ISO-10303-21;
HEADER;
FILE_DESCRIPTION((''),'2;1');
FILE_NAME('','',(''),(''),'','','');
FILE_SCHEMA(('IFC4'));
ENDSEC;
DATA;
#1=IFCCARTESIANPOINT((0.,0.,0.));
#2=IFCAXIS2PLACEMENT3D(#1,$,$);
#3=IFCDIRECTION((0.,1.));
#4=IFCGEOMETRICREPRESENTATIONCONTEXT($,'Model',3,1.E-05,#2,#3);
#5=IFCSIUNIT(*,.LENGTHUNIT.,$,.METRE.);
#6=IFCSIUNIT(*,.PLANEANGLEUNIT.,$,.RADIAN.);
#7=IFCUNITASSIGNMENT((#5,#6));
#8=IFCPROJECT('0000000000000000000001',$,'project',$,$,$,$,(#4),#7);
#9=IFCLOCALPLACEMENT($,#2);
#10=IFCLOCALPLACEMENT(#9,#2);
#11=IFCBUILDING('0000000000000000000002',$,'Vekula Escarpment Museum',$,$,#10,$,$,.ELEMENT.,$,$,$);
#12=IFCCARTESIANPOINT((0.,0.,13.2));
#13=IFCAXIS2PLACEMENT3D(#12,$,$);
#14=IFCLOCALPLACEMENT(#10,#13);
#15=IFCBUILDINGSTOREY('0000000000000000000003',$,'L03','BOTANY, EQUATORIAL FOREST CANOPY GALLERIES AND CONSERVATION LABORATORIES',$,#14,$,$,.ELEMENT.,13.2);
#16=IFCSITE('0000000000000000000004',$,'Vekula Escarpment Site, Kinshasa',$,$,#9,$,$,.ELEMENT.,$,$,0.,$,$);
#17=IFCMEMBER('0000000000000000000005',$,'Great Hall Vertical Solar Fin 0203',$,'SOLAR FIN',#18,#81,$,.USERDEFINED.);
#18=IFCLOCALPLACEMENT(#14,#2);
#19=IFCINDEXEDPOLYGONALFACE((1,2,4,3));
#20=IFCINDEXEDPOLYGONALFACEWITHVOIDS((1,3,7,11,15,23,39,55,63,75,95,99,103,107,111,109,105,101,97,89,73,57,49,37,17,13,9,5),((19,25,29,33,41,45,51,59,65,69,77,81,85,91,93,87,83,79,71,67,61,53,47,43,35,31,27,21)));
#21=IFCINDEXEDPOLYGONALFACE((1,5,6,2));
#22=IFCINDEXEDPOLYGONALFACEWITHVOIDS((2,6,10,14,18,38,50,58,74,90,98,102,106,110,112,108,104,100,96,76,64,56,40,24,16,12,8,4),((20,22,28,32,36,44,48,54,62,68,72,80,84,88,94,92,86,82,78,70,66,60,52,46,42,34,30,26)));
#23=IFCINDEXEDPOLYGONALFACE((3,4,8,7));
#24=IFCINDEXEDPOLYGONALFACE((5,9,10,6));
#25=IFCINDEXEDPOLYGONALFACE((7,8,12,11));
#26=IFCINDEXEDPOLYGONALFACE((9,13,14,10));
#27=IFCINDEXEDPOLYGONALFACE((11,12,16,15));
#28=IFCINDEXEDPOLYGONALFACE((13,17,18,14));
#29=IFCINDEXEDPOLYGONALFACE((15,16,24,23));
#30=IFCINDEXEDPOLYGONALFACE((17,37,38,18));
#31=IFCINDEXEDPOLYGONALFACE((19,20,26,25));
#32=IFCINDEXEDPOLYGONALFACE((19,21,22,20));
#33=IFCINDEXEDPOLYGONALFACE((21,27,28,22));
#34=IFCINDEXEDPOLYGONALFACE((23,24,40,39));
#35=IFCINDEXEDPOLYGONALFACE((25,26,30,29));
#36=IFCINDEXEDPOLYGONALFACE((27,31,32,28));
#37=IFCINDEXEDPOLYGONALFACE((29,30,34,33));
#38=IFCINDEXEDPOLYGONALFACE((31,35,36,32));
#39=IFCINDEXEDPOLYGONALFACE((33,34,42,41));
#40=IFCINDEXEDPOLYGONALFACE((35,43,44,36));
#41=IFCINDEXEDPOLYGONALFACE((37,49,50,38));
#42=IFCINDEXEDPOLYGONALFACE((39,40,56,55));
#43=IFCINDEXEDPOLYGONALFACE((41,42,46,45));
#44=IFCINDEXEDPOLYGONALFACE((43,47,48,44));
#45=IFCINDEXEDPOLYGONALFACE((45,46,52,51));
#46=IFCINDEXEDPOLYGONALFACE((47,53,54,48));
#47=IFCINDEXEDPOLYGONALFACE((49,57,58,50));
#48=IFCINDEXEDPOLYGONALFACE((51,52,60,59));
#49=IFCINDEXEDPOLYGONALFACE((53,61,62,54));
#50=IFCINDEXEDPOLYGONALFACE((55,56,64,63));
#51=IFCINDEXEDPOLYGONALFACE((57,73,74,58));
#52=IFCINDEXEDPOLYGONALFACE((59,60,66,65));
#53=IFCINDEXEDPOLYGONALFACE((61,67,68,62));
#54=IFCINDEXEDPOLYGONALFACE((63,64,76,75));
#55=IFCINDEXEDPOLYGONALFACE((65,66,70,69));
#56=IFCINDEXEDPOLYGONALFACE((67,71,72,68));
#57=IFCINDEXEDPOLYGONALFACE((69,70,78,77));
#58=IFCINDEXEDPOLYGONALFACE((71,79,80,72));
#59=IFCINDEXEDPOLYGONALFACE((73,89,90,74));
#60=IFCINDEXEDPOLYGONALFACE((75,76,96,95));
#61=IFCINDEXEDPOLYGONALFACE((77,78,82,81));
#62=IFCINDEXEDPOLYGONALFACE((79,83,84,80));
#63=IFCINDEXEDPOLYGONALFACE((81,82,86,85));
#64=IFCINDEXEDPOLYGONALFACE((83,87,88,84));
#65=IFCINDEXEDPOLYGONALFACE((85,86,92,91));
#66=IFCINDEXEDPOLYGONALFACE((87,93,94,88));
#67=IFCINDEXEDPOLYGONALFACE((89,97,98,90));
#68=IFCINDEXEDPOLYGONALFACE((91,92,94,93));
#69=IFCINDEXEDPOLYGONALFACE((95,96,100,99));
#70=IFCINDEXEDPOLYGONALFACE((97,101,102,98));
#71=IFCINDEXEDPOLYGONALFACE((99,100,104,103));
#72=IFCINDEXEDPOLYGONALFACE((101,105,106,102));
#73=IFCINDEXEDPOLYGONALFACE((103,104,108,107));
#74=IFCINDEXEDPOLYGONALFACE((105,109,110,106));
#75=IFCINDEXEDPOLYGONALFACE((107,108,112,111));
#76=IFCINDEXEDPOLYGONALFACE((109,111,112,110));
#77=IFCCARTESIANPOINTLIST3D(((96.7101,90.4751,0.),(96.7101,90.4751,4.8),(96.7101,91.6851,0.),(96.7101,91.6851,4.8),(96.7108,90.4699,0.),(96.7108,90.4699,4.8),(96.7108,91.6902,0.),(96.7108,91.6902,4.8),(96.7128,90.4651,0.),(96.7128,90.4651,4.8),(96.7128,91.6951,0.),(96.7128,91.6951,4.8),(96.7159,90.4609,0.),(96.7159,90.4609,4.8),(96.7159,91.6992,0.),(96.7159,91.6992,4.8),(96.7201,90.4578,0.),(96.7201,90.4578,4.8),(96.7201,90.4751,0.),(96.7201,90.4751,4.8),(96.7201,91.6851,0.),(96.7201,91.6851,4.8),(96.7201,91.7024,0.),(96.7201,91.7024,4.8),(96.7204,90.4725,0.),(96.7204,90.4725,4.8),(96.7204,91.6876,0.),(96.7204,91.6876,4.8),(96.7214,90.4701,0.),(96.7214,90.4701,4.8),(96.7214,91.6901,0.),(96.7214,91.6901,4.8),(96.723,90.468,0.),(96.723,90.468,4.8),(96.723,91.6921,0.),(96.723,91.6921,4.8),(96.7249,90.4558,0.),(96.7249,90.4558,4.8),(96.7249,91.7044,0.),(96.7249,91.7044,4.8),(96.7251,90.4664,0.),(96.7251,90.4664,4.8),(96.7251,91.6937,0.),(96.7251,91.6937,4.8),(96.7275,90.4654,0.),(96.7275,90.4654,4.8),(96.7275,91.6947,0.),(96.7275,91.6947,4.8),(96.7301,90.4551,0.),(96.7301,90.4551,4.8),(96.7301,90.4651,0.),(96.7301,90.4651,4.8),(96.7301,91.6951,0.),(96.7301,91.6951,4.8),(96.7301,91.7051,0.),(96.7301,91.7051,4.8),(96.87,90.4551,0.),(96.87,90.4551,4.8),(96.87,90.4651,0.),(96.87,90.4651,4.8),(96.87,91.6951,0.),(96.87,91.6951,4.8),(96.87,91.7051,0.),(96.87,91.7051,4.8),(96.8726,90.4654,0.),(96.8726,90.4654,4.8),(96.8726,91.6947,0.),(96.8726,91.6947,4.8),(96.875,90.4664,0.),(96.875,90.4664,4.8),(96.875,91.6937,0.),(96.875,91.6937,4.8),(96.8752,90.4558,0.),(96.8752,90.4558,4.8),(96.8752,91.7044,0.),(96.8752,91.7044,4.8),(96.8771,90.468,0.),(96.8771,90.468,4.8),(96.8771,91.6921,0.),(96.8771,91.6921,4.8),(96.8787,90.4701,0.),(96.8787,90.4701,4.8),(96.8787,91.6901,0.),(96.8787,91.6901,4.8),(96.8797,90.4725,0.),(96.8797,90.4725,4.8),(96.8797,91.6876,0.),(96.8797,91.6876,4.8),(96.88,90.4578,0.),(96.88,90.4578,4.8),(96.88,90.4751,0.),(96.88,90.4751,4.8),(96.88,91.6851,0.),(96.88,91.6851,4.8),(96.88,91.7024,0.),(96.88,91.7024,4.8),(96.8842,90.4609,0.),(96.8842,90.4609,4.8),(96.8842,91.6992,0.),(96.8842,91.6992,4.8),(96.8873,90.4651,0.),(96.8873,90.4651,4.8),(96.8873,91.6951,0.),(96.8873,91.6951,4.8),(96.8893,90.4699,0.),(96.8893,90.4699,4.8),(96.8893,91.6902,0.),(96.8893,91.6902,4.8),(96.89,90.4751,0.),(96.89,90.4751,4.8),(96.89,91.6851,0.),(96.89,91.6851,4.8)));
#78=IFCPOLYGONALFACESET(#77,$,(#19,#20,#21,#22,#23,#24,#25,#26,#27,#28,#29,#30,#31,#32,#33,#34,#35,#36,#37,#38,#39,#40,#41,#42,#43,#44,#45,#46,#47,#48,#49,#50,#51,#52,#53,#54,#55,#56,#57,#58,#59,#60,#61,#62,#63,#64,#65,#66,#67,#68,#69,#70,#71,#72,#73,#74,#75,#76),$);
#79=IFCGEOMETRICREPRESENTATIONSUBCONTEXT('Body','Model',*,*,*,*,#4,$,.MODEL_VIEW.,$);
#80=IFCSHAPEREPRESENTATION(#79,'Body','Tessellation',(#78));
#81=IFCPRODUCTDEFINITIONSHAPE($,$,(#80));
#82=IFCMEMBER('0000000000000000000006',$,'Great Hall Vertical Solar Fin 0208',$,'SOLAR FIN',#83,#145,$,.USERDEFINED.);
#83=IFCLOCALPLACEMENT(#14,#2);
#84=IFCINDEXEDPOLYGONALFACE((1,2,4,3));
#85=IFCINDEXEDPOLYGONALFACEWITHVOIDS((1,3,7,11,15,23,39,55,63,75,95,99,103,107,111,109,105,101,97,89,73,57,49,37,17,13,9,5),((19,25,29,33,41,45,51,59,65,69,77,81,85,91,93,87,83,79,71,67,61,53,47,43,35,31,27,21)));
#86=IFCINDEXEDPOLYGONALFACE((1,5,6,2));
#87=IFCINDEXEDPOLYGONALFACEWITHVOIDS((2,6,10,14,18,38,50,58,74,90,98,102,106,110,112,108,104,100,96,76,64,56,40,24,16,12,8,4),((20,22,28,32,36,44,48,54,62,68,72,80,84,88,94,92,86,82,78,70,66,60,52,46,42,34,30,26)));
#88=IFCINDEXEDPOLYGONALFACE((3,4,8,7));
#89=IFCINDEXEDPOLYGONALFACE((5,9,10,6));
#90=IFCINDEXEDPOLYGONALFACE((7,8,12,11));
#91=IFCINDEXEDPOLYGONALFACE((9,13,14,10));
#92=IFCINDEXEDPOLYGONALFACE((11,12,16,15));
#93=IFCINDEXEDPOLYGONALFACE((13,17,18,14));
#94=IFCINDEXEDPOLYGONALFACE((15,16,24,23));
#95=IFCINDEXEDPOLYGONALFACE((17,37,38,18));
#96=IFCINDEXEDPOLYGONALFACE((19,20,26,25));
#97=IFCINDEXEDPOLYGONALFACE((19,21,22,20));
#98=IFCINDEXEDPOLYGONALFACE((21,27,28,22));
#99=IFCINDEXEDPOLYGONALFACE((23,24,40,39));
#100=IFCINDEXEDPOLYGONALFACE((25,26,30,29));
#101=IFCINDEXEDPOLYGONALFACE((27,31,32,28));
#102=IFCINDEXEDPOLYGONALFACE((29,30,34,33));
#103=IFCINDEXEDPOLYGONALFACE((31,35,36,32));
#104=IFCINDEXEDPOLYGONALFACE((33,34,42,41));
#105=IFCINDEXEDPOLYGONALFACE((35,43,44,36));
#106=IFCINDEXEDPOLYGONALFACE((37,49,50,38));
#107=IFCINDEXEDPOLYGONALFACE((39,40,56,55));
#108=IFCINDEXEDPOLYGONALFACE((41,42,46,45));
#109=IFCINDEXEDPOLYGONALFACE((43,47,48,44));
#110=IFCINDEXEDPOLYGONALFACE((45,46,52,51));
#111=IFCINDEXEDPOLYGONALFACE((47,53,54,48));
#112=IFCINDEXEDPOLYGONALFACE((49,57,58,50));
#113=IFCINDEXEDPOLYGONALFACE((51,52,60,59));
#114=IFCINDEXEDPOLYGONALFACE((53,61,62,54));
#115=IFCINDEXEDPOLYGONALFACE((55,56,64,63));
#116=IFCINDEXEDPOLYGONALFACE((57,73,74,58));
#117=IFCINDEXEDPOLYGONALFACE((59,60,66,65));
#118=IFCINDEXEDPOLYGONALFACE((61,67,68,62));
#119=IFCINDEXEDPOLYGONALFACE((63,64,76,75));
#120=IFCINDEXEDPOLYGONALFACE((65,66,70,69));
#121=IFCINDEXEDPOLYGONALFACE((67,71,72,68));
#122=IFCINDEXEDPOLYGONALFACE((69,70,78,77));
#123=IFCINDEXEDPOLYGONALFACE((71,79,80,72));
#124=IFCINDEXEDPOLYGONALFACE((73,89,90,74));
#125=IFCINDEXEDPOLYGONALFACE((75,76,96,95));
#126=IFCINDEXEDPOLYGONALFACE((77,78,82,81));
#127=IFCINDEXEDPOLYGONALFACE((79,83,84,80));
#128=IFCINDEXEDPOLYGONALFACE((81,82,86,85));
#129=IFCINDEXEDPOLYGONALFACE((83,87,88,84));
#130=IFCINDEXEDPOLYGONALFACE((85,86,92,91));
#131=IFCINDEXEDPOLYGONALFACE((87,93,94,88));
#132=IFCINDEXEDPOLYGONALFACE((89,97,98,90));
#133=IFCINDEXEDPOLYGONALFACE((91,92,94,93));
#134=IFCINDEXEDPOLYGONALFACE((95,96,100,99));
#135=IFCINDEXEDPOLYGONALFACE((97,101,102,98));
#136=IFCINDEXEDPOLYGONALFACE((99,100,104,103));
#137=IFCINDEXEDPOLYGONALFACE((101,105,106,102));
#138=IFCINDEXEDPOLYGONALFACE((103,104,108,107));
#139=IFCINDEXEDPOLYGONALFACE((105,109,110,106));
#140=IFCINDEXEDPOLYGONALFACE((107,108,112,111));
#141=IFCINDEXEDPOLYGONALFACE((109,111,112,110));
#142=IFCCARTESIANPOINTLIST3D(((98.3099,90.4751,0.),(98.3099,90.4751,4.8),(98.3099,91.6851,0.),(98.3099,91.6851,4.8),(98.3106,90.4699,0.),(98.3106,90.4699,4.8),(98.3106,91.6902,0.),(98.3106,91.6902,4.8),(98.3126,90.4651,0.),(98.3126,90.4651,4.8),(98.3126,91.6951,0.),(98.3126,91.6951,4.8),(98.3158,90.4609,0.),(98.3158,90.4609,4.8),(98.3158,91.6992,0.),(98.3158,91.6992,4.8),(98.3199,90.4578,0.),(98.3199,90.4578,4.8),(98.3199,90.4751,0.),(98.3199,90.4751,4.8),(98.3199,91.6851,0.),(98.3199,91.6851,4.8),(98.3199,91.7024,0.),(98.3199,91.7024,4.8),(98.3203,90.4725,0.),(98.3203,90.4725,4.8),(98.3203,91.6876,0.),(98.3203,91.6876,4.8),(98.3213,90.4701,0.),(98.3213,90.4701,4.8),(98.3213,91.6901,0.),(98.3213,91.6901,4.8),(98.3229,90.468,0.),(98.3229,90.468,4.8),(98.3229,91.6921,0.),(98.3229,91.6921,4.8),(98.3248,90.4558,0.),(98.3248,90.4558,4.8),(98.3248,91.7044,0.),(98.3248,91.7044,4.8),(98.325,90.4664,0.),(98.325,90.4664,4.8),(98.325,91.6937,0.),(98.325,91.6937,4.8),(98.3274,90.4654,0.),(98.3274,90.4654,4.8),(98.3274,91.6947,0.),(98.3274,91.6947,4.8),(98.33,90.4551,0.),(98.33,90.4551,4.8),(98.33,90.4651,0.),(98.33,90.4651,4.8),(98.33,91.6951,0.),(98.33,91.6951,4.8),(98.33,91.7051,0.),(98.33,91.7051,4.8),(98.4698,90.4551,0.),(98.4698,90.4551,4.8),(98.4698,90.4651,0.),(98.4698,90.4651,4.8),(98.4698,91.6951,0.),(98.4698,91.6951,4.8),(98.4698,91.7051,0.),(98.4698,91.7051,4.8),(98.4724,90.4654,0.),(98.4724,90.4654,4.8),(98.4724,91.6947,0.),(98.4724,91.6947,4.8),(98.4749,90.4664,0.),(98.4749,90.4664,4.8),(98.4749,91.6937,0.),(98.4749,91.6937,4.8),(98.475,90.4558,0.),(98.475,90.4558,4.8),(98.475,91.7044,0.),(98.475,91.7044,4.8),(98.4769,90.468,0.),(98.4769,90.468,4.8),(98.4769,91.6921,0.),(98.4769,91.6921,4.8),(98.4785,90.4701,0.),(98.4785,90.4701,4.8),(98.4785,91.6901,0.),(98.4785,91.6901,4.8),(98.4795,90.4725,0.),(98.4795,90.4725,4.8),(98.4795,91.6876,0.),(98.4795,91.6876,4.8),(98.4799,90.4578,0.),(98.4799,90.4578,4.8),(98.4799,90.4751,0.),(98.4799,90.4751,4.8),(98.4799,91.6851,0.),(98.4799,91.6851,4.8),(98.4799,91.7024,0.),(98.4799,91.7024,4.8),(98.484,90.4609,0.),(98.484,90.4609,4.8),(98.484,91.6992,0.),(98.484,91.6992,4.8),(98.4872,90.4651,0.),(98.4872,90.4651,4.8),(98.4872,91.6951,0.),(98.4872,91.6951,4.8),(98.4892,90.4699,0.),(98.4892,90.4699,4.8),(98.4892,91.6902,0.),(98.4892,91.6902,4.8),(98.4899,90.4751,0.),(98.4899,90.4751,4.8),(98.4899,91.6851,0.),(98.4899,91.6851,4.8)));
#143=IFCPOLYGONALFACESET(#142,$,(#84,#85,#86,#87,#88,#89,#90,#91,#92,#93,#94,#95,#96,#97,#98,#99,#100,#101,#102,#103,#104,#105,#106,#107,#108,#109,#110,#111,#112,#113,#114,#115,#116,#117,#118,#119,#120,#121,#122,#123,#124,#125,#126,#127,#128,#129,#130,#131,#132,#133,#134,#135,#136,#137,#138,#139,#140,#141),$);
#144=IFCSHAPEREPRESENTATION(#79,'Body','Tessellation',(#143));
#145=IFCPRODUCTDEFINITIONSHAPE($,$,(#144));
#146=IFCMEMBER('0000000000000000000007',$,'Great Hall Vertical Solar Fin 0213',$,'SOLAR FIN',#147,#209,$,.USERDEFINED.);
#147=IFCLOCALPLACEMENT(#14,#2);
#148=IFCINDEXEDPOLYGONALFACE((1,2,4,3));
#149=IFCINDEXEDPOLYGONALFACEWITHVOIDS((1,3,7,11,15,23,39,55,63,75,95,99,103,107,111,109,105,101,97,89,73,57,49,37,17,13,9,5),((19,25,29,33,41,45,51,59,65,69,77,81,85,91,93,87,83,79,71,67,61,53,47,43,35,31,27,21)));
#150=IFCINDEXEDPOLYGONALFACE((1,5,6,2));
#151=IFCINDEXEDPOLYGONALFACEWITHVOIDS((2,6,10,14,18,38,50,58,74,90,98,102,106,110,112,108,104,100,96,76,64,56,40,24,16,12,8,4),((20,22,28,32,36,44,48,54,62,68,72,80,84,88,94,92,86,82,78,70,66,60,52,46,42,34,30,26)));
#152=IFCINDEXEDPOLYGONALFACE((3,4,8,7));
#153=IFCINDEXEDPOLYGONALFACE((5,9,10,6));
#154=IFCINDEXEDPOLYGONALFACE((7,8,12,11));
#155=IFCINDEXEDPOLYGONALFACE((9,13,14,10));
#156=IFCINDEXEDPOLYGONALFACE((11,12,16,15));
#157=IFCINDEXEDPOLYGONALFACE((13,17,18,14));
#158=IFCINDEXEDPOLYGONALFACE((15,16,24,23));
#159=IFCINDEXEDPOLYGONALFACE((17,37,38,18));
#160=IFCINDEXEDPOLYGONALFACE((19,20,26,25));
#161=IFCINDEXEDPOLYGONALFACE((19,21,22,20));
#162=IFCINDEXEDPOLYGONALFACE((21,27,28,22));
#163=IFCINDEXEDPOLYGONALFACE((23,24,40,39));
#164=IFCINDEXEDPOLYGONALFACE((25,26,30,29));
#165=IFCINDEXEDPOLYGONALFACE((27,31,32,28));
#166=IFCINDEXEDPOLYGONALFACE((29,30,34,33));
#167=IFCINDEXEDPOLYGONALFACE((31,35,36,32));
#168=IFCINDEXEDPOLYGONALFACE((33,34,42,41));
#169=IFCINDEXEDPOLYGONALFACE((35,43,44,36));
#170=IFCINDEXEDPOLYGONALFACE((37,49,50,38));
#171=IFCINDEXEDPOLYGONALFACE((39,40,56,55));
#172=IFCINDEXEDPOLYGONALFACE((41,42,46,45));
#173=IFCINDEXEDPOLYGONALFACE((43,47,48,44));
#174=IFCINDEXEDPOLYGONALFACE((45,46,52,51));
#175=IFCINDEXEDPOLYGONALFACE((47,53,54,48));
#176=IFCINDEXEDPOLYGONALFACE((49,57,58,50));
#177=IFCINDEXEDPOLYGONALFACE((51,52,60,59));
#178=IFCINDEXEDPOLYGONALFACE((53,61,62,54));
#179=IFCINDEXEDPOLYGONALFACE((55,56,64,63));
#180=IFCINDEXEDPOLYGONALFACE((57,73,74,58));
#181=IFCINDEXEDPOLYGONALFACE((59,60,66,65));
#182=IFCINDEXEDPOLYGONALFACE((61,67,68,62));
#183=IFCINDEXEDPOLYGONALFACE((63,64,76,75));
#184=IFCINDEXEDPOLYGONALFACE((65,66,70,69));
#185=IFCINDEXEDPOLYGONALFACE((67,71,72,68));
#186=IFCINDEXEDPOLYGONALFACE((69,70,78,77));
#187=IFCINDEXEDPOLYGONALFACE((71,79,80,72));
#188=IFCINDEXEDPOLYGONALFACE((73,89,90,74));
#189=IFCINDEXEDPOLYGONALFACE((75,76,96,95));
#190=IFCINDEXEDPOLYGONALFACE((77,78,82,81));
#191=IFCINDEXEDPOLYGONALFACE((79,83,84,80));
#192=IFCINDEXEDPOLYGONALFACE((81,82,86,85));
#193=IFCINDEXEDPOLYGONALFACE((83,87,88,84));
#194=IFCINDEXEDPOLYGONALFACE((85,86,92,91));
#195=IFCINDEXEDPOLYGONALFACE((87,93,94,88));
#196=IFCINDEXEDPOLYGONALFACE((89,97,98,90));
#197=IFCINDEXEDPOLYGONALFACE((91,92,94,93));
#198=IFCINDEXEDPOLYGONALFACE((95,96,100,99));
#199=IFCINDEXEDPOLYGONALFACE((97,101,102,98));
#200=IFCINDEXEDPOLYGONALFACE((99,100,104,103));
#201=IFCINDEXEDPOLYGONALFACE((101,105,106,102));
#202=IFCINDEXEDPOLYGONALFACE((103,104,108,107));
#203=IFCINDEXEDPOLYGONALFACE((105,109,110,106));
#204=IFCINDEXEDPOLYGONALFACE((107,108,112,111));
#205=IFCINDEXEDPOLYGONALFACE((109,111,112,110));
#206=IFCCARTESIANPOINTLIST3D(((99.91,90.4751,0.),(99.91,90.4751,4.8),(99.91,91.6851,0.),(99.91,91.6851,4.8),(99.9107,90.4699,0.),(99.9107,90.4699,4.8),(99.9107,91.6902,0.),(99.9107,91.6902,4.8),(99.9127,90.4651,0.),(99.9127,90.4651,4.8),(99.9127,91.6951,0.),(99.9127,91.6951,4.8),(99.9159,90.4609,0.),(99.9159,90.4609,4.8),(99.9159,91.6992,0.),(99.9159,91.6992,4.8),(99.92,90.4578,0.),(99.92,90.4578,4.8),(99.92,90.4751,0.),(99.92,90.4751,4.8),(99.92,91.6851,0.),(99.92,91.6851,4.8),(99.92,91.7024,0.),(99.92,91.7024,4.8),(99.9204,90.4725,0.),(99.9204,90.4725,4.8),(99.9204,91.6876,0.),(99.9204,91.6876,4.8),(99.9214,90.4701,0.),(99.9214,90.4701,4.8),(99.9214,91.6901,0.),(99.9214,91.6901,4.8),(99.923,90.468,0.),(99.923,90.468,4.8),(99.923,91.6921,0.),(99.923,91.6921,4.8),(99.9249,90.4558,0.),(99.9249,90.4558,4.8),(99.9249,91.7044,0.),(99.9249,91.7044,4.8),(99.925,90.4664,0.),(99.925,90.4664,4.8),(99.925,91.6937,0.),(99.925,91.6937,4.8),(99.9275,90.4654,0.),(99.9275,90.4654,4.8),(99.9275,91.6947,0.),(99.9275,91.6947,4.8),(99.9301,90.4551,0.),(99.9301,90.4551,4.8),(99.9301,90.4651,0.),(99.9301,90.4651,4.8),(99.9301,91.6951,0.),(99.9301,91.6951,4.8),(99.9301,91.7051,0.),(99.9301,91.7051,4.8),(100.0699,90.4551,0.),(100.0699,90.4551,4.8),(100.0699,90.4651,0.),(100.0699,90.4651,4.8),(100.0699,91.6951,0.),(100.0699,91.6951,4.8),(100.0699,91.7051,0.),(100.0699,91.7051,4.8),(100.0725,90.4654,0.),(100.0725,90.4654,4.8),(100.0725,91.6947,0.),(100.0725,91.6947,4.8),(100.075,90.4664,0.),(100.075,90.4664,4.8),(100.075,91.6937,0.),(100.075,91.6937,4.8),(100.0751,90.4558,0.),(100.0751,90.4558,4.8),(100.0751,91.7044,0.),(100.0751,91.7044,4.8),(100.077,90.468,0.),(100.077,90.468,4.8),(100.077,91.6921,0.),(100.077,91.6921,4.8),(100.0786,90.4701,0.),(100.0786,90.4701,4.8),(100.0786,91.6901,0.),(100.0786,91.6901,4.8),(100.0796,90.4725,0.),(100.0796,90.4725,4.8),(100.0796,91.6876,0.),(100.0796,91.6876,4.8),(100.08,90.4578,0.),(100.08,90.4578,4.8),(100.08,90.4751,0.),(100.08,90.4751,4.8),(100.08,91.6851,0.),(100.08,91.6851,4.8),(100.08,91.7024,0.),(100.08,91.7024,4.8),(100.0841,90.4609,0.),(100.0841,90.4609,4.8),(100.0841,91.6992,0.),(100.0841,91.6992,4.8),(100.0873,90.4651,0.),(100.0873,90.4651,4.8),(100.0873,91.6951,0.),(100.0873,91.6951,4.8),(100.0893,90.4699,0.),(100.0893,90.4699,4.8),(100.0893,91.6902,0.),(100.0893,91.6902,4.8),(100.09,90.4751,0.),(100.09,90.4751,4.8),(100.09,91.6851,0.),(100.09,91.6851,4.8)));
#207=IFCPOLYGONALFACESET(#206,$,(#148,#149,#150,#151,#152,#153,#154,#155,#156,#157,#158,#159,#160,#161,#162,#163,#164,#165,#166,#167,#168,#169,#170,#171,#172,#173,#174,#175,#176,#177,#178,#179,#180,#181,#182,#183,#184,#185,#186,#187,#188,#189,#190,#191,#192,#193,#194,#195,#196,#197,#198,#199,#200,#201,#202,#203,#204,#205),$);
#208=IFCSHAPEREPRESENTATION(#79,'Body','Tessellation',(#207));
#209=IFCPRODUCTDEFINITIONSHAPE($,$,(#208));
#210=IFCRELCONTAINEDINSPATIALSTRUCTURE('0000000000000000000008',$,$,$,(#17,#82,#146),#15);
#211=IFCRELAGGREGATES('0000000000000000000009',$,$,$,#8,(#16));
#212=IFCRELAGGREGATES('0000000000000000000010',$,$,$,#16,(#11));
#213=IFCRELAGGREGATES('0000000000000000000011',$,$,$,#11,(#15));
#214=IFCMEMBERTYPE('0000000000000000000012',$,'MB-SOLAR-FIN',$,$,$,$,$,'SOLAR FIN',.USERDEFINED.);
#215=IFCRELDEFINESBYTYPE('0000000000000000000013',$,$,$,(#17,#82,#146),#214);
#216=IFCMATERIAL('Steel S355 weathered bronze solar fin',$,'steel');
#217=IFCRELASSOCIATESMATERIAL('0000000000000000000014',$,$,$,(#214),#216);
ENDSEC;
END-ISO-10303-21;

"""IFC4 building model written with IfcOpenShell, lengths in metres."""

from ifc_helpers import new_model, si_unit, direction, frame, origin, origin_2d, place, context, subcontext, project, spatial, hollow_rectangle, extrude, material, material_profile, profile_set, type_object, element, save


model = new_model("IFC4")

# Units and contexts
model_context = context("Model", 3, precision=1e-05, world=origin(), true_north=direction((0.0, 1.0)))
body_context = subcontext(model_context, "Body", "Model", "MODEL_VIEW")
ifc_project = project(units=[si_unit("LENGTHUNIT", "METRE"), si_unit("PLANEANGLEUNIT", "RADIAN")], contexts=[model_context])

# Site, building, storey
site_placement = place(None, origin())
site = spatial("IfcSite", under=ifc_project, at=site_placement, Name="Vekula Escarpment Site, Kinshasa", CompositionType="ELEMENT", RefElevation=0.0)
building_placement = place(site_placement, origin())
building = spatial("IfcBuilding", under=site, at=building_placement, Name="Vekula Escarpment Museum", CompositionType="ELEMENT")
storey_placement = place(building_placement, frame((0.0, 0.0, 13.2)))
storey = spatial("IfcBuildingStorey", under=building, at=storey_placement, Name="L03", Description="BOTANY, EQUATORIAL FOREST CANOPY GALLERIES AND CONSERVATION LABORATORIES", CompositionType="ELEMENT", Elevation=13.2)

# Members
ifc_material_1 = material(Name="Steel S355 weathered bronze solar fin", Category="steel")
ifc_material_profile_1 = material_profile(ifc_material_1, hollow_rectangle(XDim=0.1799, YDim=1.25, WallThickness=0.01, InnerFilletRadius=0.01, OuterFilletRadius=0.02, at=origin_2d()), Name="RHS 1250x180x10")
ifc_profile_set_1 = profile_set([ifc_material_profile_1], Name="Steel S355 weathered bronze solar fin")
member_type = type_object("IfcMemberType", Name="MB-SOLAR-FIN", ElementType="SOLAR FIN", PredefinedType="USERDEFINED", material=ifc_profile_set_1)
for number, where, z_axis, x_axis, name in (
    (1, (96.8, 91.0801, 0.0), (0.0, 0.0, 1.0), (1.0, 0.0, 0.0), "Great Hall Vertical Solar Fin 0203"),
    (2, (98.3999, 91.0801, 0.0), (0.0, 0.0, 1.0), (1.0, 0.0, 0.0), "Great Hall Vertical Solar Fin 0208"),
    (3, (100.0, 91.0801, 0.0), (0.0, 0.0, 1.0), (1.0, 0.0, 0.0), "Great Hall Vertical Solar Fin 0213"),
):
    element("IfcMember", number, at=place(storey_placement, frame(where, z_axis=z_axis, x_axis=x_axis)), inside=storey, type_object=member_type, Name=name, ObjectType="SOLAR FIN", PredefinedType="USERDEFINED", context=body_context, shape_type="SweptSolid", body=[
        extrude(hollow_rectangle(XDim=0.1799, YDim=1.25, WallThickness=0.01, InnerFilletRadius=0.01, OuterFilletRadius=0.02, at=origin_2d()), origin(), (0.0, 0.0, 1.0), 4.8),
    ])

save(model, "model.ifc")
